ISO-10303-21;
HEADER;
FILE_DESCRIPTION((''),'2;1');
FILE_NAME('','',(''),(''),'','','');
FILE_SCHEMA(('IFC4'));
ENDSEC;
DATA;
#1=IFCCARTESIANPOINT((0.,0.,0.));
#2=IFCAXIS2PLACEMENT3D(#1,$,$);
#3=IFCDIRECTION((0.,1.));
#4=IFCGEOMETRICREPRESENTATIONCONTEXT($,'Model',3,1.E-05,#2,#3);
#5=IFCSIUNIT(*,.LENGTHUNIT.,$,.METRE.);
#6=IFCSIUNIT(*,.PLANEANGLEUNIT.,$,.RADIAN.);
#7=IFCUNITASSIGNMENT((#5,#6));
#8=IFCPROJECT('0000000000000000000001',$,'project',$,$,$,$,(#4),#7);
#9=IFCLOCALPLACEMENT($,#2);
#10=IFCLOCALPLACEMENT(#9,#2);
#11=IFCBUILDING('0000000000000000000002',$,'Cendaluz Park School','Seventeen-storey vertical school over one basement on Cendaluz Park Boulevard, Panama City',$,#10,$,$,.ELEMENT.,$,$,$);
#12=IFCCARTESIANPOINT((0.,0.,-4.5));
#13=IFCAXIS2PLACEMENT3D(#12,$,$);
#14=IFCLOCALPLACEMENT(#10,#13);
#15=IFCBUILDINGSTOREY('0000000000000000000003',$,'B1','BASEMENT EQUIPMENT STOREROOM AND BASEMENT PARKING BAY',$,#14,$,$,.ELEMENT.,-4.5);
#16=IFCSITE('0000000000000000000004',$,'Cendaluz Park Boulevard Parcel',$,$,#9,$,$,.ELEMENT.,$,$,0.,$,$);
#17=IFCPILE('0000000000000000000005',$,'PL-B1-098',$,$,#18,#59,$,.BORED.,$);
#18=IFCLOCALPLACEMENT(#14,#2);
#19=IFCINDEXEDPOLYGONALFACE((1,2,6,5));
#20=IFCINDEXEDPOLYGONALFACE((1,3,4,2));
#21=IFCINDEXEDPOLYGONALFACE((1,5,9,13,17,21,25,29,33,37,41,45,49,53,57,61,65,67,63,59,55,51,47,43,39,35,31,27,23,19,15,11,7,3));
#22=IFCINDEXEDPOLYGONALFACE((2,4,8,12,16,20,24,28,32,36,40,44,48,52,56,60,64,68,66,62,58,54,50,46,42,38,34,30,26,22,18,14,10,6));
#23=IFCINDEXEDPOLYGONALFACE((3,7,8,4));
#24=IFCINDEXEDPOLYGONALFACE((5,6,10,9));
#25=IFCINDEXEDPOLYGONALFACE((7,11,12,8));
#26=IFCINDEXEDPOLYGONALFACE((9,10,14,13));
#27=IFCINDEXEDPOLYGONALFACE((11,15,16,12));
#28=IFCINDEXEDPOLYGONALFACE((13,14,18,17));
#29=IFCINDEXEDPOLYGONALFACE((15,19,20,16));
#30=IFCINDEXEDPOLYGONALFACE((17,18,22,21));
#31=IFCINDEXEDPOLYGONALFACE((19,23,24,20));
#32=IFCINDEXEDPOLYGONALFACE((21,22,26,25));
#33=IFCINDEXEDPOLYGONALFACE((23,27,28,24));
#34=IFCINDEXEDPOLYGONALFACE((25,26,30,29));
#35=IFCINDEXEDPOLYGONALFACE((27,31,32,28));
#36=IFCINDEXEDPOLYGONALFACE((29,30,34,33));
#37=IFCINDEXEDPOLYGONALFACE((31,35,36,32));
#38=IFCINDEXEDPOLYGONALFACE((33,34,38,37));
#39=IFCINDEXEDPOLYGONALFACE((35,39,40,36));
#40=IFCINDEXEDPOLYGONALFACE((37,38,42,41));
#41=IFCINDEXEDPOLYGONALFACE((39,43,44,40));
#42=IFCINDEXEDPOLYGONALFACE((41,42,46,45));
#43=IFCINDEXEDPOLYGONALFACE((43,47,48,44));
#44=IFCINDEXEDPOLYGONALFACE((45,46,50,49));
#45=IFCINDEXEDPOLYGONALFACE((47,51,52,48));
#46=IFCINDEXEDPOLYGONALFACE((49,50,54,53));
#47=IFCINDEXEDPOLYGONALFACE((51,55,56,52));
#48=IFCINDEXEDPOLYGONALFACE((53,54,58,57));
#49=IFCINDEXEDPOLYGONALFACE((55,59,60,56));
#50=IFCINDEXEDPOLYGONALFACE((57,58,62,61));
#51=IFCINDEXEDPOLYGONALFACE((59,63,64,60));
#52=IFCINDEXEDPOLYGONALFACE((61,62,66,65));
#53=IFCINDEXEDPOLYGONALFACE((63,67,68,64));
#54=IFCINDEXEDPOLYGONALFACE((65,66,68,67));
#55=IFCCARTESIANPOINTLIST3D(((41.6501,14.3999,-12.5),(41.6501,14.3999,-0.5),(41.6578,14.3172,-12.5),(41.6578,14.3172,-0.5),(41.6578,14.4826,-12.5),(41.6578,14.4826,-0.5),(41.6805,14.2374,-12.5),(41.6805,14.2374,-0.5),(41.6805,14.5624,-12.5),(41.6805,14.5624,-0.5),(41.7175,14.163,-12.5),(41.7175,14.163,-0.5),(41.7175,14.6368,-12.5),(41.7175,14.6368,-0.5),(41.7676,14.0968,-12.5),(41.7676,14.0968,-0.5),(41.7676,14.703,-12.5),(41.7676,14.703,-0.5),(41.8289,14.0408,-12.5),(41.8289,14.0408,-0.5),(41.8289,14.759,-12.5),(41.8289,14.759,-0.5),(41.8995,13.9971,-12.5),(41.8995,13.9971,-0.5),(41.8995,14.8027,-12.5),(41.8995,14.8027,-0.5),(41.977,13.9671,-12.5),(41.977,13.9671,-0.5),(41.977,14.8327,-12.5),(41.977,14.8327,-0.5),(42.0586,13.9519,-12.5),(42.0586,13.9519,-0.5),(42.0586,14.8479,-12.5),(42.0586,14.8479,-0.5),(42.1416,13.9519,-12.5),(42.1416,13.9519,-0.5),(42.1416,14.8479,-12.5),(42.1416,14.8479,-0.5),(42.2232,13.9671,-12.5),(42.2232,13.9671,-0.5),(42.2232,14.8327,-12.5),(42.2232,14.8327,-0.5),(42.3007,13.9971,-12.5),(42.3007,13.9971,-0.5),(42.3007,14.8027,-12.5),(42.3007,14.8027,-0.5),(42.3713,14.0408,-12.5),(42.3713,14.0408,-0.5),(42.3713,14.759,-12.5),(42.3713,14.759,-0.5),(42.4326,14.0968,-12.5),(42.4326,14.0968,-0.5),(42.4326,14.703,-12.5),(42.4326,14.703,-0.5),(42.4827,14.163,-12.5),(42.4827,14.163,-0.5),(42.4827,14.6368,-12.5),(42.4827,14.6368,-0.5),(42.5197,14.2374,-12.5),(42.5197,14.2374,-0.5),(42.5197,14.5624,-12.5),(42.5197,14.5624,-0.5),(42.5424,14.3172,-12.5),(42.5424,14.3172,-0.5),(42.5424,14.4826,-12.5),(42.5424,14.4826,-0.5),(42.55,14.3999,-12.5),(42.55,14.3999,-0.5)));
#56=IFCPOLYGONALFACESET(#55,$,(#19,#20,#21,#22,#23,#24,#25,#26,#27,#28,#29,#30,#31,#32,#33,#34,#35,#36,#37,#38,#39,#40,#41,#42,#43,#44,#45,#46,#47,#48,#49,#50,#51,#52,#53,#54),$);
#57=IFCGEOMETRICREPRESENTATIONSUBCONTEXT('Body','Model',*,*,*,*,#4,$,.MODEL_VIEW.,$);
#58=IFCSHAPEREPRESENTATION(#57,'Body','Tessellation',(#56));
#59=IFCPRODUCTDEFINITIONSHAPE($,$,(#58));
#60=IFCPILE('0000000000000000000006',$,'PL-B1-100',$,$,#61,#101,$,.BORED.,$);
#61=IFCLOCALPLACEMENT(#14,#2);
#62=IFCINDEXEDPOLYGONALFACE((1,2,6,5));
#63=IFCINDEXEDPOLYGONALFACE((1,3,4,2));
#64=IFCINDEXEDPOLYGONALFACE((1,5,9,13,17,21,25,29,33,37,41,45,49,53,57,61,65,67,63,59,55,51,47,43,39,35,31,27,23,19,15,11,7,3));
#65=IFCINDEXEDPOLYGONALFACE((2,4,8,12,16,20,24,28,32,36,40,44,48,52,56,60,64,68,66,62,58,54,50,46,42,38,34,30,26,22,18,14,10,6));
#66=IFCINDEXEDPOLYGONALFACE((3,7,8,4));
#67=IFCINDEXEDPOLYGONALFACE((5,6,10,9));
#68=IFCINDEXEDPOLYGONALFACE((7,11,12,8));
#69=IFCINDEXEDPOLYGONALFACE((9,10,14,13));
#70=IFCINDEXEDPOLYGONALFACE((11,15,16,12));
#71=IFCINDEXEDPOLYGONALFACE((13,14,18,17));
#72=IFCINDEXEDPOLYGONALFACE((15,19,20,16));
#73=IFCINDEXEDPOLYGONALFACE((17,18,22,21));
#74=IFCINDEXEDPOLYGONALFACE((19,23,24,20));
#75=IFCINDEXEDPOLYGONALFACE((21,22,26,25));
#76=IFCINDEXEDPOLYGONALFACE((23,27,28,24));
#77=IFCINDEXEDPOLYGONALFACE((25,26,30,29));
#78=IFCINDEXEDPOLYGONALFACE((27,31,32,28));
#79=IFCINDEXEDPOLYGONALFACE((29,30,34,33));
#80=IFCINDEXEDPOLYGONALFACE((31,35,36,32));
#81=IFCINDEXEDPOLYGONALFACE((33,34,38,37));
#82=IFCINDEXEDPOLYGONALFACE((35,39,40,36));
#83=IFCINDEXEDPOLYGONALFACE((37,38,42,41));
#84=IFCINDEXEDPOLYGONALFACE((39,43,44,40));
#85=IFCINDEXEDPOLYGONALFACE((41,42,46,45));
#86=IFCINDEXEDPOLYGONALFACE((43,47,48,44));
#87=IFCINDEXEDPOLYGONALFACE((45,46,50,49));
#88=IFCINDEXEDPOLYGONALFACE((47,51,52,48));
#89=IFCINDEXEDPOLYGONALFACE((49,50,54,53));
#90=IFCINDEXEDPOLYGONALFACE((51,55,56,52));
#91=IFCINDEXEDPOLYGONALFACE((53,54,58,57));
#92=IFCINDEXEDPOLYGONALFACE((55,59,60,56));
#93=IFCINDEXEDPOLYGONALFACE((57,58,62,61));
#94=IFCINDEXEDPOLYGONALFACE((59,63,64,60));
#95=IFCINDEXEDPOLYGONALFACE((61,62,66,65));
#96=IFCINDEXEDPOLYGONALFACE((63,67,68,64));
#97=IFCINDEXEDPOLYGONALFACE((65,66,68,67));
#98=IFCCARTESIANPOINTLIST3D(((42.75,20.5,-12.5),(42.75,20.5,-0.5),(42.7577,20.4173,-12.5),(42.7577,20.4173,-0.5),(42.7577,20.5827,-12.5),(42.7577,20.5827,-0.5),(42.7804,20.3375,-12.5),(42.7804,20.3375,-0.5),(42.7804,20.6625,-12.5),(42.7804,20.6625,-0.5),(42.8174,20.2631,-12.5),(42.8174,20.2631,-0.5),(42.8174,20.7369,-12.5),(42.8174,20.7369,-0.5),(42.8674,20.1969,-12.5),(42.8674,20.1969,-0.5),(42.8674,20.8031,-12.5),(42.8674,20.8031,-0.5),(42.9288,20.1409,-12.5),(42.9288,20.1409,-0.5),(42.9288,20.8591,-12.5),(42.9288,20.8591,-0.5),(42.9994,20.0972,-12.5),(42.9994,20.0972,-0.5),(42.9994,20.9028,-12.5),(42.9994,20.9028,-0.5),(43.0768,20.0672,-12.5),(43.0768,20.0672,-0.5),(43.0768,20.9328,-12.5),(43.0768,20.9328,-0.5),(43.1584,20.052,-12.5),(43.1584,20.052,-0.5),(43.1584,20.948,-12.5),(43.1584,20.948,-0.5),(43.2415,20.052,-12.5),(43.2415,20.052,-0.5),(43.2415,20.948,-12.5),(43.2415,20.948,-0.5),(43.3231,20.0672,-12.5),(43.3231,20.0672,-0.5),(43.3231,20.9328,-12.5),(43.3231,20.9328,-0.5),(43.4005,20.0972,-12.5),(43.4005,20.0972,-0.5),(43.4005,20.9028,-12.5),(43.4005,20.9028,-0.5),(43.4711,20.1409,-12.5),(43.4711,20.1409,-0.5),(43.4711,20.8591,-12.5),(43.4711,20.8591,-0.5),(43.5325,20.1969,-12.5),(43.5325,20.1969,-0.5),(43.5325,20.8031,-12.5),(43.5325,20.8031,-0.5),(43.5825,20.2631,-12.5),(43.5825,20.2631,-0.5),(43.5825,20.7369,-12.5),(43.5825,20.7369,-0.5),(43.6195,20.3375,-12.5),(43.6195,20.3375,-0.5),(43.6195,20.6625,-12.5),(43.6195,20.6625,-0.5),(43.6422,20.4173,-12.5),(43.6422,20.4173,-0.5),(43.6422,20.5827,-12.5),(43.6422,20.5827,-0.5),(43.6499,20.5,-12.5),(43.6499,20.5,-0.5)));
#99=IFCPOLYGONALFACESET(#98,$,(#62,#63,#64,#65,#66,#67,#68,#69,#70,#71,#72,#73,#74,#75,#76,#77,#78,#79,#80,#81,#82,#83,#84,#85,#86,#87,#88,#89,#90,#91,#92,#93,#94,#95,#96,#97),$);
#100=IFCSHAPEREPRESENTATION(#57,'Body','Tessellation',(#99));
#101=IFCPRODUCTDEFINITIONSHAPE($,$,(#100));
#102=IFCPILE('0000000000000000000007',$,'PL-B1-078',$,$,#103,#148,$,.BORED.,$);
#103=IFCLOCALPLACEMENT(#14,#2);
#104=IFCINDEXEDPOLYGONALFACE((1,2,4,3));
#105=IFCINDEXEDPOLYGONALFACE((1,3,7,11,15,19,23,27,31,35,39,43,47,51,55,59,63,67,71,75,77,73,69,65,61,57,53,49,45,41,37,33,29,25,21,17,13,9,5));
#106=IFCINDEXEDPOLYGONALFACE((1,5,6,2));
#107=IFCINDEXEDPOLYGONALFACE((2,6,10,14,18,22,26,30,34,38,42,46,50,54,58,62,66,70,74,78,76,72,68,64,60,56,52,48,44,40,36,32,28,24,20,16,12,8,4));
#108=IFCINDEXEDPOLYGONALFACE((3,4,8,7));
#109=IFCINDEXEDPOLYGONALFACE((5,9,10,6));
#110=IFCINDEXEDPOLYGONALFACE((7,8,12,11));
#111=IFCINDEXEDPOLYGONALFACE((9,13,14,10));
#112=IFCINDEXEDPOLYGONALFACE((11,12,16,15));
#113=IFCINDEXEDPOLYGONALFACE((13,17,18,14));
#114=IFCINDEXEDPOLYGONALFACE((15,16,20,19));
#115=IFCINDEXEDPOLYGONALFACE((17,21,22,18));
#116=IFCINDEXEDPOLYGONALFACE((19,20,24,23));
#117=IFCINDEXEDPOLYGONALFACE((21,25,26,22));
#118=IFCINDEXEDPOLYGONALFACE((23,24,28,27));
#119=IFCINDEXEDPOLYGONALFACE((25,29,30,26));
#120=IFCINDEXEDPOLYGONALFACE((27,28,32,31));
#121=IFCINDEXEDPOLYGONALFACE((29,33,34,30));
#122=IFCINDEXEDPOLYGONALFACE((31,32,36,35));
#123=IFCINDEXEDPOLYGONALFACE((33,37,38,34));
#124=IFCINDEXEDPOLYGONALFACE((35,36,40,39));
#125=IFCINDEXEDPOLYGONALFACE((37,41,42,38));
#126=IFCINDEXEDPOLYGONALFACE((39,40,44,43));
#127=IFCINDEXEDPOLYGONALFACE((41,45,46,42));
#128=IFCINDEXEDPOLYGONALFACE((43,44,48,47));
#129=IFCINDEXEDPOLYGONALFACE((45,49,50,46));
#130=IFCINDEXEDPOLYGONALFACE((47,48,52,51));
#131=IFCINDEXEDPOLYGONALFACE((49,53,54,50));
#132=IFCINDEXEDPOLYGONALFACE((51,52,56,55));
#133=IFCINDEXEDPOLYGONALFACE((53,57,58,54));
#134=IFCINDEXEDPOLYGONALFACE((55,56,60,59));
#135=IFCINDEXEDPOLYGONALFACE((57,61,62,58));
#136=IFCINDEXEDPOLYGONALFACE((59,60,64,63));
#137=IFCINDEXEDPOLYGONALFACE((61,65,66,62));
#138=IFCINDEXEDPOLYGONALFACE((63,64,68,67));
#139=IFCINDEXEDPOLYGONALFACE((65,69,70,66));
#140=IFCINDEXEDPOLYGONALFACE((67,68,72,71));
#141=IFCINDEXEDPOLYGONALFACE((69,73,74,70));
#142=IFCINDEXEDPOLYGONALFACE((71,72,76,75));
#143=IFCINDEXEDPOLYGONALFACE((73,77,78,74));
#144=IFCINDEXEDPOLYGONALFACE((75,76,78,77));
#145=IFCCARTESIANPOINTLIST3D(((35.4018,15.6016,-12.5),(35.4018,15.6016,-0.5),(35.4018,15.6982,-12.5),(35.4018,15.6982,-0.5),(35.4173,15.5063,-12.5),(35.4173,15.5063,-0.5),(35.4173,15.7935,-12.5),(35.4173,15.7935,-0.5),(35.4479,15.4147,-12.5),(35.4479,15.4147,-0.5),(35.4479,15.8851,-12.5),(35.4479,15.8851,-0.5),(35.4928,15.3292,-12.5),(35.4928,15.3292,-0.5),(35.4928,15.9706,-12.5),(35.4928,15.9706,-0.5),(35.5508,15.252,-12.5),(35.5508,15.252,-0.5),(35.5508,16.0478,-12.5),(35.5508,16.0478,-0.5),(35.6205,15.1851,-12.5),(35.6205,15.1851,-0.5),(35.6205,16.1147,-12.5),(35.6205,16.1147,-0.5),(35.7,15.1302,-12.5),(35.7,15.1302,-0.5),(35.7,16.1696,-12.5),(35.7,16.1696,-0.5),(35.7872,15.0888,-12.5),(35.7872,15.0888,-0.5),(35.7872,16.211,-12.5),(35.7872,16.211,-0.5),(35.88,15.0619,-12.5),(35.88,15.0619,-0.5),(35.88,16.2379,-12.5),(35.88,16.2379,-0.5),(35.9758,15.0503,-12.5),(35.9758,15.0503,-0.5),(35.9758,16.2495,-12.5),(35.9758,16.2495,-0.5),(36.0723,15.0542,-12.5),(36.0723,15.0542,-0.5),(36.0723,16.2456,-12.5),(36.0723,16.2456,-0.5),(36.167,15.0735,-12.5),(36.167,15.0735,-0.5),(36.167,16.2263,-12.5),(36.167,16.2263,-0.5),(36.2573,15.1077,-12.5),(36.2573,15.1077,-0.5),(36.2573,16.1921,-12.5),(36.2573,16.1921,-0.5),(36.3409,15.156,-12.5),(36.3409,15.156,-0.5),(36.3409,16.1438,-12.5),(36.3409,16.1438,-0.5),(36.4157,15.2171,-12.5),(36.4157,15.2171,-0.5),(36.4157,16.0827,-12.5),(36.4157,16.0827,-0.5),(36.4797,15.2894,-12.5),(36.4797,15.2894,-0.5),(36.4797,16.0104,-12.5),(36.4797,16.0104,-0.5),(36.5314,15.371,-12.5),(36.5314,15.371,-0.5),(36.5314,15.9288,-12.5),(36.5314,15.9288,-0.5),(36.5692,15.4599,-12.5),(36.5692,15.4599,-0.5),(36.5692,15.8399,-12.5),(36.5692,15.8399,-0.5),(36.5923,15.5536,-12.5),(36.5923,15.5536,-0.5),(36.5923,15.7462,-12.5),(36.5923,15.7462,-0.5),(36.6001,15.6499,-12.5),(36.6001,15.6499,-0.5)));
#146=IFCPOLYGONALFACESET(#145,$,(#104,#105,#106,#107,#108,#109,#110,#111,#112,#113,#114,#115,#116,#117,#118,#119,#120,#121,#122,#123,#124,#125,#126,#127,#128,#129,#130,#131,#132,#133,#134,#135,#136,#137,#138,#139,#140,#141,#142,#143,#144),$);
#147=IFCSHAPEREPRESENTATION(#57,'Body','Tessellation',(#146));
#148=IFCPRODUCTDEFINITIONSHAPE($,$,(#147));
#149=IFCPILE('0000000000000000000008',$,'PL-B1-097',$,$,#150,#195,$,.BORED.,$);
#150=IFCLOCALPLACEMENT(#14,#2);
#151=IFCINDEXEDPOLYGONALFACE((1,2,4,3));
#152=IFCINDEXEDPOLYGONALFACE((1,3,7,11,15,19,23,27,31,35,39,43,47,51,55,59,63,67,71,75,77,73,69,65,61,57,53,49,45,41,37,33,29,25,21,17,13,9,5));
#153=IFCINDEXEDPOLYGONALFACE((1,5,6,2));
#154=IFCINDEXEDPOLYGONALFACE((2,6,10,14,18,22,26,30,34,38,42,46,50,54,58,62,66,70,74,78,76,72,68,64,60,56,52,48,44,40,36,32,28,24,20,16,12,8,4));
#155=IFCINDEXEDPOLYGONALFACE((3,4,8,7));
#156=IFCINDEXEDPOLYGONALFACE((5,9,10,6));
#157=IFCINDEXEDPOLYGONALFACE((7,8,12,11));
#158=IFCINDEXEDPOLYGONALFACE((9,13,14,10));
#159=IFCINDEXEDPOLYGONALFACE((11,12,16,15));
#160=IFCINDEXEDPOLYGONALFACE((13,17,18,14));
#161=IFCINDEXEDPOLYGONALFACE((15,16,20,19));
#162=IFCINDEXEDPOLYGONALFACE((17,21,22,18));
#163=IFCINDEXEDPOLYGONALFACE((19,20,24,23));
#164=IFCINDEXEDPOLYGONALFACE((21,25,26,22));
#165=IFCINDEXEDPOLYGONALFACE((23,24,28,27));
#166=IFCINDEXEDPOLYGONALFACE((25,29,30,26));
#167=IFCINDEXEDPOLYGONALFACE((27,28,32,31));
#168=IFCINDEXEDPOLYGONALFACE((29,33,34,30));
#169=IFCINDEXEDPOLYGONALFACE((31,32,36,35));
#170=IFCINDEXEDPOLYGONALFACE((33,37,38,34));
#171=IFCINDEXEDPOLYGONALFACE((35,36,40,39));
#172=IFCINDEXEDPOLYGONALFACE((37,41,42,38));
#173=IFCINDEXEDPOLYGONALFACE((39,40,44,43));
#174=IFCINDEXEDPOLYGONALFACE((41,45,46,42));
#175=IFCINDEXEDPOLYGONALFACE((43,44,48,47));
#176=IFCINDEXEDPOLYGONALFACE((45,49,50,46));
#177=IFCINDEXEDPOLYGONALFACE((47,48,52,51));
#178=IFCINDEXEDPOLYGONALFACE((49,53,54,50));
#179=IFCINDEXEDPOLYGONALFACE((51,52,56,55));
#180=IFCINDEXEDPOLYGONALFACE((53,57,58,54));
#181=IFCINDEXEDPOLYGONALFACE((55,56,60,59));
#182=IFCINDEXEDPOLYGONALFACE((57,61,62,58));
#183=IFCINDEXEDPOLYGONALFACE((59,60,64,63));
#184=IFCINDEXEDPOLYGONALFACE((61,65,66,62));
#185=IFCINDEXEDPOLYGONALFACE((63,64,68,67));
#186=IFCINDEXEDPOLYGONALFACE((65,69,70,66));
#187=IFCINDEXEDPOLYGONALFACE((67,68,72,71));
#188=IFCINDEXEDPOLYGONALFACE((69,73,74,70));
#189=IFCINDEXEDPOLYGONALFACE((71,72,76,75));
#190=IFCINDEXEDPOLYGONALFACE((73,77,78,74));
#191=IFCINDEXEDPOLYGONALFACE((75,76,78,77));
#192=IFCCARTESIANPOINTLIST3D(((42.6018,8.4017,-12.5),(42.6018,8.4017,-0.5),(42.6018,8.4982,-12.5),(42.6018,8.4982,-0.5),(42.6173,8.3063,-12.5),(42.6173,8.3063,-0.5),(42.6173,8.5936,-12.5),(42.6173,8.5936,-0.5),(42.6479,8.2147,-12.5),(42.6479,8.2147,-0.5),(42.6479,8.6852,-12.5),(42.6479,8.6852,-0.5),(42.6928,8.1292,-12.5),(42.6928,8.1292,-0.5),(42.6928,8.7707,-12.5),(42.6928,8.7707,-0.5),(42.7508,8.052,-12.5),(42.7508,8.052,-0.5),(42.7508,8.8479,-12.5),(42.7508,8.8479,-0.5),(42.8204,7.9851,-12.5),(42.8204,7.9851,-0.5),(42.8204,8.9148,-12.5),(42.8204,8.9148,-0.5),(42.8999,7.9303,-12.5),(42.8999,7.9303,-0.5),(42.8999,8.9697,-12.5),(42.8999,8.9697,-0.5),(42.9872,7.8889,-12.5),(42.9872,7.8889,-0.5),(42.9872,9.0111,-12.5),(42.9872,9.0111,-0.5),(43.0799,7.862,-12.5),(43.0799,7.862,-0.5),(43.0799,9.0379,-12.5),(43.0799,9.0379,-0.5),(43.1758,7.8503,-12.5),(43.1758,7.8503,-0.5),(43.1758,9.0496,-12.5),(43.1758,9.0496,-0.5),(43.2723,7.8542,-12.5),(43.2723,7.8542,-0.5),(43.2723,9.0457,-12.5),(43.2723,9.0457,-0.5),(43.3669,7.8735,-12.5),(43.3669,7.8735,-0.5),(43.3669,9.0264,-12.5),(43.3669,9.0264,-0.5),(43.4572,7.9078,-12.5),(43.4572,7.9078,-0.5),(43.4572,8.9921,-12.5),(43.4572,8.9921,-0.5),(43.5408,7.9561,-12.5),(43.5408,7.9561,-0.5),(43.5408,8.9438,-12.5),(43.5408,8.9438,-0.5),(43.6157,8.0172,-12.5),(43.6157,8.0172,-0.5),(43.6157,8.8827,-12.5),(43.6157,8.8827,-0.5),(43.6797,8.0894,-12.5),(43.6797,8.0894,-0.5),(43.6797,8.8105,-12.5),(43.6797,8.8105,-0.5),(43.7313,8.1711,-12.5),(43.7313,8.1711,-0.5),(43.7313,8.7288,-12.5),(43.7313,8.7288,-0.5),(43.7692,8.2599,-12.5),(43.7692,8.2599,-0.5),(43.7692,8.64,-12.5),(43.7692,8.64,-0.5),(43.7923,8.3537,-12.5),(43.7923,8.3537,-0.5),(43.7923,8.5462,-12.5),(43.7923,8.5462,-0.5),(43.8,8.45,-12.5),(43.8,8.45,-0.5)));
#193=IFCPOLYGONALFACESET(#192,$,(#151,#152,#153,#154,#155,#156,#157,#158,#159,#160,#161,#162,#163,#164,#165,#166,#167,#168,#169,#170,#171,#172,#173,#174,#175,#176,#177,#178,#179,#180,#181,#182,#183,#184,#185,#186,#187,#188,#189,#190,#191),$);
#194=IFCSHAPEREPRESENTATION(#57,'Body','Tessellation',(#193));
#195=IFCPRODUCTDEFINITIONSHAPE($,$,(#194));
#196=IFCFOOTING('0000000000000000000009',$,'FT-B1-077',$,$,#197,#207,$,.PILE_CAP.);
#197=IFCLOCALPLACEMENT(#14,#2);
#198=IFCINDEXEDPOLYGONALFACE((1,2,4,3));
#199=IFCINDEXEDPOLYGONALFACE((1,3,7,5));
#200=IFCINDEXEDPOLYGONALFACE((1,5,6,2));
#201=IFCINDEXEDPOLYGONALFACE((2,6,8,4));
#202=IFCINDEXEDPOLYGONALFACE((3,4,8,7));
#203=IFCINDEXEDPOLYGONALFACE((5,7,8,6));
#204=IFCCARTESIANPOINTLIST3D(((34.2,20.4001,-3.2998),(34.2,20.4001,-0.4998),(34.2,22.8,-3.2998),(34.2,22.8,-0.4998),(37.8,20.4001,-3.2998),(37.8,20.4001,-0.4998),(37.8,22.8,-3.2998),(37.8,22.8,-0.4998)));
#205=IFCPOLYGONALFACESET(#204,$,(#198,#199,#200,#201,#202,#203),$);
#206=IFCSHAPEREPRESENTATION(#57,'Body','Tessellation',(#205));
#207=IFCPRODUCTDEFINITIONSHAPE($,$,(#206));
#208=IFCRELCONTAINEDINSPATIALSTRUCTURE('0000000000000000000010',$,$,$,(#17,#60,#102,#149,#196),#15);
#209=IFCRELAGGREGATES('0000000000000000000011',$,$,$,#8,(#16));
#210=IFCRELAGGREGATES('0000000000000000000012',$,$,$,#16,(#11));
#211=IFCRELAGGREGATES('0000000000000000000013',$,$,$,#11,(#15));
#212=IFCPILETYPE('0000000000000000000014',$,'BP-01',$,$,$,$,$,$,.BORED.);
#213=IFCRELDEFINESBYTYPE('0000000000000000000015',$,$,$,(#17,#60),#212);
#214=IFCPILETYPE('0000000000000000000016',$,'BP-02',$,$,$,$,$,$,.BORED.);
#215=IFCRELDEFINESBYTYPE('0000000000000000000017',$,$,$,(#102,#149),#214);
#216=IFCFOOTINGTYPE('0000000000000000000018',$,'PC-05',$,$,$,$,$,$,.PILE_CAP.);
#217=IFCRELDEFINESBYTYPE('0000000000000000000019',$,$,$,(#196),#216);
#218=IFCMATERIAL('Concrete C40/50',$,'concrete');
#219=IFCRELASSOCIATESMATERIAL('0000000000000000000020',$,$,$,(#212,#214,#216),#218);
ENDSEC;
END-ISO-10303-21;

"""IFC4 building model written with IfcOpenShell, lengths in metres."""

from ifc_helpers import new_model, si_unit, direction, frame, origin, origin_2d, place, context, subcontext, project, spatial, rectangle, circle, extrude, material, material_profile, profile_set, type_object, element, save


model = new_model("IFC4")

# Units and contexts
model_context = context("Model", 3, precision=1e-05, world=origin(), true_north=direction((0.0, 1.0)))
body_context = subcontext(model_context, "Body", "Model", "MODEL_VIEW")
ifc_project = project(units=[si_unit("LENGTHUNIT", "METRE"), si_unit("PLANEANGLEUNIT", "RADIAN")], contexts=[model_context])

# Site, building, storey
site_placement = place(None, origin())
site = spatial("IfcSite", under=ifc_project, at=site_placement, Name="Cendaluz Park Boulevard Parcel", CompositionType="ELEMENT", RefElevation=0.0)
building_placement = place(site_placement, origin())
building = spatial("IfcBuilding", under=site, at=building_placement, Name="Cendaluz Park School", Description="Seventeen-storey vertical school over one basement on Cendaluz Park Boulevard, Panama City", CompositionType="ELEMENT")
storey_placement = place(building_placement, frame((0.0, 0.0, -4.5)))
storey = spatial("IfcBuildingStorey", under=building, at=storey_placement, Name="B1", Description="BASEMENT EQUIPMENT STOREROOM AND BASEMENT PARKING BAY", CompositionType="ELEMENT", Elevation=-4.5)

# Piles
ifc_material_1 = material(Name="Concrete C40/50", Category="concrete")
ifc_material_profile_1 = material_profile(ifc_material_1, circle(Radius=0.45, at=origin_2d()), Name="BP D900", Category="concrete")
ifc_profile_set_1 = profile_set([ifc_material_profile_1], Name="Concrete C40/50")
pile_type_1 = type_object("IfcPileType", Name="BP-01", PredefinedType="BORED", material=ifc_profile_set_1)
for number, where, z_axis, x_axis, name in (
    (1, (42.1001, 14.3999, -0.5), (0.0, 0.0, -1.0), (1.0, 0.0, 0.0), "PL-B1-098"),
    (2, (43.2, 20.5, -0.5), (0.0, 0.0, -1.0), (1.0, 0.0, 0.0), "PL-B1-100"),
):
    element("IfcPile", number, at=place(storey_placement, frame(where, z_axis=z_axis, x_axis=x_axis)), inside=storey, type_object=pile_type_1, Name=name, PredefinedType="BORED", context=body_context, shape_type="SweptSolid", body=[
        extrude(circle(Radius=0.45, at=origin_2d()), origin(), (0.0, 0.0, 1.0), 12.0),
    ])
ifc_material_profile_2 = material_profile(ifc_material_1, circle(Radius=0.6001, at=origin_2d()), Name="BP D1200", Category="concrete")
ifc_profile_set_2 = profile_set([ifc_material_profile_2], Name="Concrete C40/50")
pile_type_2 = type_object("IfcPileType", Name="BP-02", PredefinedType="BORED", material=ifc_profile_set_2)
for number, where, z_axis, x_axis, name in (
    (3, (36.0, 15.6499, -0.5), (0.0, 0.0, -1.0), (1.0, 0.0, 0.0), "PL-B1-078"),
    (4, (43.2, 8.45, -0.5), (0.0, 0.0, -1.0), (1.0, 0.0, 0.0), "PL-B1-097"),
):
    element("IfcPile", number, at=place(storey_placement, frame(where, z_axis=z_axis, x_axis=x_axis)), inside=storey, type_object=pile_type_2, Name=name, PredefinedType="BORED", context=body_context, shape_type="SweptSolid", body=[
        extrude(circle(Radius=0.6001, at=origin_2d()), origin(), (0.0, 0.0, 1.0), 12.0),
    ])

# Footing
footing_type = type_object("IfcFootingType", Name="PC-05", PredefinedType="PILE_CAP", material=ifc_material_1)
for number, where, z_axis, x_axis, name in (
    (5, (36.0, 21.6001, -3.2998), (0.0, 0.0, 1.0), (1.0, 0.0, 0.0), "FT-B1-077"),
):
    element("IfcFooting", number, at=place(storey_placement, frame(where, z_axis=z_axis, x_axis=x_axis)), inside=storey, type_object=footing_type, Name=name, PredefinedType="PILE_CAP", context=body_context, shape_type="SweptSolid", body=[
        extrude(rectangle(XDim=3.6001, YDim=2.3999, at=origin_2d()), origin(), (0.0, 0.0, 1.0), 2.8),
    ])

save(model, "model.ifc")
